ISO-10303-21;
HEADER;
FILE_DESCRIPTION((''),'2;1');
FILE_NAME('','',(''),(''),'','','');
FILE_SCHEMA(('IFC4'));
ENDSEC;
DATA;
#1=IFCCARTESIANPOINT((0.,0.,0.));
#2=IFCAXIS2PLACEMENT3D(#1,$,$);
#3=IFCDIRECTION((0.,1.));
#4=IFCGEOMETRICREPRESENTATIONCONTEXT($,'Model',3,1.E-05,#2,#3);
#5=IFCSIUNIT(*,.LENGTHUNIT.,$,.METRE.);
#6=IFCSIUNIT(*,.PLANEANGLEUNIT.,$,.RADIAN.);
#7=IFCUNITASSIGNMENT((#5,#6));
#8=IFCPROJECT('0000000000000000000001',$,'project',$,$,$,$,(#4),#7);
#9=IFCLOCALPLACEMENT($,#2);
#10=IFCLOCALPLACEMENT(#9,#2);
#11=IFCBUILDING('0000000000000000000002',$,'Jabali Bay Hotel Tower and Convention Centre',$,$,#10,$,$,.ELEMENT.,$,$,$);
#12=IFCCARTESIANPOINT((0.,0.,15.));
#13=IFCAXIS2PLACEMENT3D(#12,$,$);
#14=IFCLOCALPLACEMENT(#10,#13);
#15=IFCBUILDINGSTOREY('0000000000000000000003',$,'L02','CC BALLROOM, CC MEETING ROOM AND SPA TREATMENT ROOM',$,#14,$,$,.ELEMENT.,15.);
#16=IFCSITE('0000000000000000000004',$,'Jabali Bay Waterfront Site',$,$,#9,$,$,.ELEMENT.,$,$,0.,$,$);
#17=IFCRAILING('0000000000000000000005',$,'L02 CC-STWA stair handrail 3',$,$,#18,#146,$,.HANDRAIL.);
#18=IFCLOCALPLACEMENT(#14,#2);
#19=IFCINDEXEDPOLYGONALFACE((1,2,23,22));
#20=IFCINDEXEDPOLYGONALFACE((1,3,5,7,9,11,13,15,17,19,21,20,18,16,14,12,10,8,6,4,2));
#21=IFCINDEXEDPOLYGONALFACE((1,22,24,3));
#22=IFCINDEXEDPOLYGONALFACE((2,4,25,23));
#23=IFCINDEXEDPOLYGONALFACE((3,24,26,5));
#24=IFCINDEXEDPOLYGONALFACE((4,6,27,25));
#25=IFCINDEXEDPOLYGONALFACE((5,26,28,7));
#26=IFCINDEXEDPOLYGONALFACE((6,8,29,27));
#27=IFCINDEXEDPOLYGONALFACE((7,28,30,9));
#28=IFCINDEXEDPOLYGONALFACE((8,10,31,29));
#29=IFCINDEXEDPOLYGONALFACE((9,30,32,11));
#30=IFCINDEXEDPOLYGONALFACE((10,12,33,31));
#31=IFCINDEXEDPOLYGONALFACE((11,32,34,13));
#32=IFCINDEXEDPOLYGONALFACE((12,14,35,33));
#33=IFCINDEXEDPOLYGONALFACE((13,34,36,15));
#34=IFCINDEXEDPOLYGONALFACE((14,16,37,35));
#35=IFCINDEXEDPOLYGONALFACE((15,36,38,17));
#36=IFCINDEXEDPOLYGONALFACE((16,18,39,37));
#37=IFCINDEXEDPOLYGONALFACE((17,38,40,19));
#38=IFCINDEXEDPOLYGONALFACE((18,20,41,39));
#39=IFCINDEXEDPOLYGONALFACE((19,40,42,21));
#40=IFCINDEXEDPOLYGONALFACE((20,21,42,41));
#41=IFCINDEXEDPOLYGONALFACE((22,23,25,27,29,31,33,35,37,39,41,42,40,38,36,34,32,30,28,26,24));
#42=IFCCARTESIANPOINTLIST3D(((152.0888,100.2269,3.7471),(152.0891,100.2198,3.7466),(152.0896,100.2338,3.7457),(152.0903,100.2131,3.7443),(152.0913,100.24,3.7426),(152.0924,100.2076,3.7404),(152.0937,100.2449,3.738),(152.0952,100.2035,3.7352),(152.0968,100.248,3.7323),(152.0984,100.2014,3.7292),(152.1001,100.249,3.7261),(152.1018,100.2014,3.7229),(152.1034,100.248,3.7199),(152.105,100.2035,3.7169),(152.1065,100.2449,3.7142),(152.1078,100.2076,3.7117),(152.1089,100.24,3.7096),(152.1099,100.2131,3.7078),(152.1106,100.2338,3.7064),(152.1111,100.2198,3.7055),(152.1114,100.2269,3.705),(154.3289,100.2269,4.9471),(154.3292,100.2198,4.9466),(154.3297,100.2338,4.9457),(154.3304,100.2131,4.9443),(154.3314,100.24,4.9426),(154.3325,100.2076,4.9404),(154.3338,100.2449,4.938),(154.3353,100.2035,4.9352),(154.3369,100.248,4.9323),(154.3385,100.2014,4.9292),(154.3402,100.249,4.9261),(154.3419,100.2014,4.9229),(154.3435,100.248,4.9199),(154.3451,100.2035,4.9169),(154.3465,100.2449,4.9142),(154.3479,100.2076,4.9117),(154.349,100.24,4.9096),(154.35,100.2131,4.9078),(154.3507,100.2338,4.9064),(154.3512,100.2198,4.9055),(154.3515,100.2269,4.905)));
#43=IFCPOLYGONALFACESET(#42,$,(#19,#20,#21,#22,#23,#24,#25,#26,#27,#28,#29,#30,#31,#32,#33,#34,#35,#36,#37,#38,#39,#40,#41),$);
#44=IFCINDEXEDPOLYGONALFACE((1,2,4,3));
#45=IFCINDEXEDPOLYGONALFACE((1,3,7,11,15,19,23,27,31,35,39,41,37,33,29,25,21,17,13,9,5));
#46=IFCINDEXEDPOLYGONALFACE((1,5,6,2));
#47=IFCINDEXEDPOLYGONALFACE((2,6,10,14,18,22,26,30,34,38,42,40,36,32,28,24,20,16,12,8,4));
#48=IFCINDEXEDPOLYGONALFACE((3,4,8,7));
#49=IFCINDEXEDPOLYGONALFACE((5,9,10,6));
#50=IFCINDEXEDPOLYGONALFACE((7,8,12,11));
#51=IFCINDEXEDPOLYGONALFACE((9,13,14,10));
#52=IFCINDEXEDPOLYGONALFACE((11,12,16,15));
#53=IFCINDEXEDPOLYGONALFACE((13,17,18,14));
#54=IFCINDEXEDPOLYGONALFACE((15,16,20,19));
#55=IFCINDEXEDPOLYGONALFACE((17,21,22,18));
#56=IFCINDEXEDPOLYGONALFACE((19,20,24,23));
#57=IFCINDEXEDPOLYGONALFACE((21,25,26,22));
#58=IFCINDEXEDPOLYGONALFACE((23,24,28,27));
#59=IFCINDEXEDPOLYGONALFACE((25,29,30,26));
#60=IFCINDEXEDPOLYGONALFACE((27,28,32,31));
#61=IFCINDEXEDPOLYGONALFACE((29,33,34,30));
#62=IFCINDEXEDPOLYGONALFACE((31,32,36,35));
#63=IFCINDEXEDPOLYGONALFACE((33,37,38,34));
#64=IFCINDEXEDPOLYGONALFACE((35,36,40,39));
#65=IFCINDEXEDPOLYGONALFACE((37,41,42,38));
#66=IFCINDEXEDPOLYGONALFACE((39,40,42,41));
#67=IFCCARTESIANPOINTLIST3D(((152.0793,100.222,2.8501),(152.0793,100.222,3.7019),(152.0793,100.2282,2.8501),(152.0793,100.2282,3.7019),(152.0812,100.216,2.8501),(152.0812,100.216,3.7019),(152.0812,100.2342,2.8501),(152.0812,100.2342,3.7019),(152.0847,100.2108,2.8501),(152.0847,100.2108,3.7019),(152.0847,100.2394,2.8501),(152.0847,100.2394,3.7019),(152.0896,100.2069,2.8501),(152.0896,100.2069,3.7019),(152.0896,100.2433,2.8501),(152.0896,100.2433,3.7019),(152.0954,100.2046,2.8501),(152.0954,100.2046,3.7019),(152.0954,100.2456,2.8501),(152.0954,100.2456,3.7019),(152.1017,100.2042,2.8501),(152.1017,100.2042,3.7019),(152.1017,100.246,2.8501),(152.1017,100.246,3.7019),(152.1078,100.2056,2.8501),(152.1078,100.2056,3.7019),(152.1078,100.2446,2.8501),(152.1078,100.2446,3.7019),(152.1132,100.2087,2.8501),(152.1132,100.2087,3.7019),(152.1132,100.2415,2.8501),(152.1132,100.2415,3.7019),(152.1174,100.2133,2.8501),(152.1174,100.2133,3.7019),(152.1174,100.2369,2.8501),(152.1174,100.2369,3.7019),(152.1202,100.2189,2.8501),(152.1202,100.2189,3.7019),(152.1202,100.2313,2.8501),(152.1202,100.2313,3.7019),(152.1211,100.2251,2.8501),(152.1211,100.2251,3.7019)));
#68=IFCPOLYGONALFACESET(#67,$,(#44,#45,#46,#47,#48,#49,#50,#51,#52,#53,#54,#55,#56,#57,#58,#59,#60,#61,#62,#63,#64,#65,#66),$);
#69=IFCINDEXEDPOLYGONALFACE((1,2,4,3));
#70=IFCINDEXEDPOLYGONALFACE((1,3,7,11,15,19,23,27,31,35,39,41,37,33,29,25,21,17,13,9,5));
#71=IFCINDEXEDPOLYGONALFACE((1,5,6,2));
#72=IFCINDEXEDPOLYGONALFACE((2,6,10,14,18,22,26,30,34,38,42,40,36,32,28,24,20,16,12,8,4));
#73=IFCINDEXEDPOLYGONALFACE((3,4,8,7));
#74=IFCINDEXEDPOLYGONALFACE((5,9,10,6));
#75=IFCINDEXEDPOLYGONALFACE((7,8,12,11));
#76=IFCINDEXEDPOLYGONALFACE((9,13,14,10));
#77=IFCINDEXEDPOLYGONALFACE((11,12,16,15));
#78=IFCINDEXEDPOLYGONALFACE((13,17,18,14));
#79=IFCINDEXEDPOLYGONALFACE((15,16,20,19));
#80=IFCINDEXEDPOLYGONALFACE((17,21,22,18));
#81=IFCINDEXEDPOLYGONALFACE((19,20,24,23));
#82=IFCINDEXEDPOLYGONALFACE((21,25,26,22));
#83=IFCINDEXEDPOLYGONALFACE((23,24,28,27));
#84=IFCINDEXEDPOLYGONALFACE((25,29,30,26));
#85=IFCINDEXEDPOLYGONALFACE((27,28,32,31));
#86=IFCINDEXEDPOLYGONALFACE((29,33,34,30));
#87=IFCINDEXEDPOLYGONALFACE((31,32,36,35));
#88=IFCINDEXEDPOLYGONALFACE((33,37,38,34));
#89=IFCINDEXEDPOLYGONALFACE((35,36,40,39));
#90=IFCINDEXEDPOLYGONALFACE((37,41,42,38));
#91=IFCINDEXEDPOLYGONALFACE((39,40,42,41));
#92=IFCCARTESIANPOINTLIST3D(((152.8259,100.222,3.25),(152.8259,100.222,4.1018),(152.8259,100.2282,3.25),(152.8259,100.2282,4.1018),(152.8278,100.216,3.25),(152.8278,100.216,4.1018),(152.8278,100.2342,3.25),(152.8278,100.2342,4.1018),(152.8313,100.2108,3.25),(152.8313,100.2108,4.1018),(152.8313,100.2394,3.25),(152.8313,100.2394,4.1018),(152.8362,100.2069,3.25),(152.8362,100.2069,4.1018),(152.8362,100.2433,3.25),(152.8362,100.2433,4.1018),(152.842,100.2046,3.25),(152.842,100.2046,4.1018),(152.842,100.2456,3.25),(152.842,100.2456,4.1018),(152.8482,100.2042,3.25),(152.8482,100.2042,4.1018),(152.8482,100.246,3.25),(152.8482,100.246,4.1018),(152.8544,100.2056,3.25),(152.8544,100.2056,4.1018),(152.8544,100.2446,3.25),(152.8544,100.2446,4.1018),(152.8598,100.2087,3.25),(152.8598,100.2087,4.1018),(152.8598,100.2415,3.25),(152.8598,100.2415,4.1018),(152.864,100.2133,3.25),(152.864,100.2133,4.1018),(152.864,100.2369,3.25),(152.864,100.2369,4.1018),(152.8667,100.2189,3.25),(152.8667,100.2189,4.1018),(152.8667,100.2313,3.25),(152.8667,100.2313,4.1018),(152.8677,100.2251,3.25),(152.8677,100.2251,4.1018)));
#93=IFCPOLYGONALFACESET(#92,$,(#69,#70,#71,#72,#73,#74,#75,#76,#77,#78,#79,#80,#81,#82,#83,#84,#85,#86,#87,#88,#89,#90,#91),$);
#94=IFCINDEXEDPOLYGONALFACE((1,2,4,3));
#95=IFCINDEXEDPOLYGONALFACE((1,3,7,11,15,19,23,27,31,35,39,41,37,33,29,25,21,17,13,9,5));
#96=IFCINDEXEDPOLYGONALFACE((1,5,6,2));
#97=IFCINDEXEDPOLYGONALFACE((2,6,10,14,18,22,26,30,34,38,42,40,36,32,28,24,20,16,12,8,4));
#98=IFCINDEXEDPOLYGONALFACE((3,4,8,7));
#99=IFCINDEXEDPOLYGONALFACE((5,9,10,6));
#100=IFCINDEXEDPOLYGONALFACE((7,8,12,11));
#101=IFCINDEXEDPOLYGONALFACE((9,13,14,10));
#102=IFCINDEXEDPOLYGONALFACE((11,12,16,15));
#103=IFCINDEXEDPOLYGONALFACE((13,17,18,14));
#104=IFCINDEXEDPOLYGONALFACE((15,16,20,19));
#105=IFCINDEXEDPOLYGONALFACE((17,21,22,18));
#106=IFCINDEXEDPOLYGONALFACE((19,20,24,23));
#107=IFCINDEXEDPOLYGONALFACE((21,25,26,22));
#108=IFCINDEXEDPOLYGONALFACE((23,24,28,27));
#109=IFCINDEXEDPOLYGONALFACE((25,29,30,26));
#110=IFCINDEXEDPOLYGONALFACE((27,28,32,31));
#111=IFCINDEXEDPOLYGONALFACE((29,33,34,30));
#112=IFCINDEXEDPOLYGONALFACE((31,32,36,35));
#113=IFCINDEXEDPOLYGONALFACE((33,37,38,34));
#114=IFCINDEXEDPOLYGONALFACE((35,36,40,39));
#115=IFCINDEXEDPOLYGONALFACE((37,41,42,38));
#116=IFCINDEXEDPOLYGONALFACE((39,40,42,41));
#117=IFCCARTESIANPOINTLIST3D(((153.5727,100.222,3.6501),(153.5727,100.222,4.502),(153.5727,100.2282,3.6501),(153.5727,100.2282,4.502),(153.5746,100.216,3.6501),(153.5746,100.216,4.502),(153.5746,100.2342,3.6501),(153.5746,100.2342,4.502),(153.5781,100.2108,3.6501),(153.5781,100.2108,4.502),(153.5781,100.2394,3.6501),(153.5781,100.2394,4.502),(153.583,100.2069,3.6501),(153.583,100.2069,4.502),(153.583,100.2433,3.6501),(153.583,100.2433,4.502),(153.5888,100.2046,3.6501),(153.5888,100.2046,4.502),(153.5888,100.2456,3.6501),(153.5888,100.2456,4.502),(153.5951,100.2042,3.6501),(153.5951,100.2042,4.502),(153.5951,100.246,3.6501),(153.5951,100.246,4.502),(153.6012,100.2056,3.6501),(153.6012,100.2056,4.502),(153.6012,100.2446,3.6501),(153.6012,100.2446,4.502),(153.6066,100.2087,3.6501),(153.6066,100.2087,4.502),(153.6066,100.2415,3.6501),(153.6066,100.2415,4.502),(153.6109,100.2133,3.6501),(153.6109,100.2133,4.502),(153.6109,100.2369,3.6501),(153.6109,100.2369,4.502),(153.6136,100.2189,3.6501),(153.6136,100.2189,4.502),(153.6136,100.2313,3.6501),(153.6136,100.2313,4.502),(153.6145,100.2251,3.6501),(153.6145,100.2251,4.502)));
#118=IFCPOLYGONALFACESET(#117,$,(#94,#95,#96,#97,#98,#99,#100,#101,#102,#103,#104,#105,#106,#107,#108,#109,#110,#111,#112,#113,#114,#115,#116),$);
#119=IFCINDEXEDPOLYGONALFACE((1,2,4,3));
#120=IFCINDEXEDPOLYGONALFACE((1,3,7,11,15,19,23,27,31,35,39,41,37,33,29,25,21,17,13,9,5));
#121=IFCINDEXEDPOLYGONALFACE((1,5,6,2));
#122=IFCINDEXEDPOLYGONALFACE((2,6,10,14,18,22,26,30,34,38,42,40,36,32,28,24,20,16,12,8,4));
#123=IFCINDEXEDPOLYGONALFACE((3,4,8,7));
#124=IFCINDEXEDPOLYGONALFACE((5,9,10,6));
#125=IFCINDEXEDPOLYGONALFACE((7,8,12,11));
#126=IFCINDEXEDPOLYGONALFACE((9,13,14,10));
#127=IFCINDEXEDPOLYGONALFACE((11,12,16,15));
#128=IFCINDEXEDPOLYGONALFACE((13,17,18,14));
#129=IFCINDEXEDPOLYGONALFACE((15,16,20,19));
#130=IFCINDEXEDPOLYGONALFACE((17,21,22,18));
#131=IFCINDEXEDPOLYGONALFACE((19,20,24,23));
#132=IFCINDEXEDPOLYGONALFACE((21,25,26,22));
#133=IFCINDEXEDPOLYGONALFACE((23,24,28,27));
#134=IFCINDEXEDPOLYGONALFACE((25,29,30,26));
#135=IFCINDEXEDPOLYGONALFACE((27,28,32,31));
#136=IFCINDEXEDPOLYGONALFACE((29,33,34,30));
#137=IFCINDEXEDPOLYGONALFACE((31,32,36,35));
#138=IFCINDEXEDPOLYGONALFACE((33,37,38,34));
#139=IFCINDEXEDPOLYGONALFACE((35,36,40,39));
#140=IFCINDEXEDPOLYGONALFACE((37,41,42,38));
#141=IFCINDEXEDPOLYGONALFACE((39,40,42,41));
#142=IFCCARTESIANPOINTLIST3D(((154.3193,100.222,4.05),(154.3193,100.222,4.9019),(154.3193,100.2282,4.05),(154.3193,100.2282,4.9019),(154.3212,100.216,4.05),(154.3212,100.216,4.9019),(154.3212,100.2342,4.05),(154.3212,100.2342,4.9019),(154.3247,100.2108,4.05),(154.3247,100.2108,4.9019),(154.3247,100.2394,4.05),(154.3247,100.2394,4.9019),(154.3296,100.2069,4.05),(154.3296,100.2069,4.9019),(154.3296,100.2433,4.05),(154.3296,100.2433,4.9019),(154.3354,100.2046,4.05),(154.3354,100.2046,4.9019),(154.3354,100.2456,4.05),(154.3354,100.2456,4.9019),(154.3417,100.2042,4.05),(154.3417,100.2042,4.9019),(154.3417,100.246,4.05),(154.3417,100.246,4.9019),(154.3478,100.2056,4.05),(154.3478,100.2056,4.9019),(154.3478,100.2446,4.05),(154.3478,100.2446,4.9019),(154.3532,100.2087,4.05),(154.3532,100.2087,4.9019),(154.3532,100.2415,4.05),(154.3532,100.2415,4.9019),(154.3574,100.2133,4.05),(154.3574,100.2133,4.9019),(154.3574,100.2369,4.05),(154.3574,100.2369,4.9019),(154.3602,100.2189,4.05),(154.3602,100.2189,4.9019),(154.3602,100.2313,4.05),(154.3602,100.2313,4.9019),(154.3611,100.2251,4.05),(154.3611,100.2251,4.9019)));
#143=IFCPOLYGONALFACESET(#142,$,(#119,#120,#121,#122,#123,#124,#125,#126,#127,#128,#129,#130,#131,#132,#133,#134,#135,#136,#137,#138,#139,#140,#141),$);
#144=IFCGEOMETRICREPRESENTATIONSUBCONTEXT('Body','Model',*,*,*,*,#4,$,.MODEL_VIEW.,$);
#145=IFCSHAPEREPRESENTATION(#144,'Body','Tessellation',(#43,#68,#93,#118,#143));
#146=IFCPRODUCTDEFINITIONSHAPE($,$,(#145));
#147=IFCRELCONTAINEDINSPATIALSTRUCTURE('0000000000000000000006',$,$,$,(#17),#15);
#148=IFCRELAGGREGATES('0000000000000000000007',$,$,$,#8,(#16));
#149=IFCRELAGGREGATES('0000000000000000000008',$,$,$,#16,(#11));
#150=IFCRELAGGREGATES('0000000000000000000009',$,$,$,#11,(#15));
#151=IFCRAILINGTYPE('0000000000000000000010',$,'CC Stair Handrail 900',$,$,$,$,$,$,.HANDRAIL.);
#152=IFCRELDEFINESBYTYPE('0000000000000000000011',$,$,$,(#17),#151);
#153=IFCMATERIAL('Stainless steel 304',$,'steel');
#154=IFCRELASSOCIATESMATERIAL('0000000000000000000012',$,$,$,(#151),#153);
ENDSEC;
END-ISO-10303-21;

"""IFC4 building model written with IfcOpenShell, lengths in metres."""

from ifc_helpers import new_model, si_unit, direction, frame, origin, origin_2d, place, context, subcontext, project, spatial, circle, extrude, material, type_object, element, save


model = new_model("IFC4")

# Units and contexts
model_context = context("Model", 3, precision=1e-05, world=origin(), true_north=direction((0.0, 1.0)))
body_context = subcontext(model_context, "Body", "Model", "MODEL_VIEW")
ifc_project = project(units=[si_unit("LENGTHUNIT", "METRE"), si_unit("PLANEANGLEUNIT", "RADIAN")], contexts=[model_context])

# Site, building, storey
site_placement = place(None, origin())
site = spatial("IfcSite", under=ifc_project, at=site_placement, Name="Jabali Bay Waterfront Site", CompositionType="ELEMENT", RefElevation=0.0)
building_placement = place(site_placement, origin())
building = spatial("IfcBuilding", under=site, at=building_placement, Name="Jabali Bay Hotel Tower and Convention Centre", CompositionType="ELEMENT")
storey_placement = place(building_placement, frame((0.0, 0.0, 15.0)))
storey = spatial("IfcBuildingStorey", under=building, at=storey_placement, Name="L02", Description="CC BALLROOM, CC MEETING ROOM AND SPA TREATMENT ROOM", CompositionType="ELEMENT", Elevation=15.0)

# Railing
ifc_material_1 = material(Name="Stainless steel 304", Category="steel")
railing_type_1 = type_object("IfcRailingType", Name="CC Stair Handrail 900", PredefinedType="HANDRAIL", material=ifc_material_1)
railing_1_placement = place(storey_placement, frame((152.1001, 100.2251, 2.8501)))
element("IfcRailing", 1, at=railing_1_placement, inside=storey, type_object=railing_type_1, Name="L02 CC-STWA stair handrail 3", PredefinedType="HANDRAIL", context=body_context, shape_type="SweptSolid", body=[
    extrude(circle(Radius=0.0239, at=origin_2d()), frame((0.0, 0.0, 0.876), z_axis=(0.881487, 0.0, 0.472208), x_axis=(0.0, 1.0, 0.0)), (0.0, 0.0, 1.0), 2.5413),
    extrude(circle(Radius=0.021, at=origin_2d()), origin(), (0.0, 0.0, 1.0), 0.8518),
    extrude(circle(Radius=0.021, at=origin_2d()), frame((0.7466, 0.0, 0.3999)), (0.0, 0.0, 1.0), 0.8518),
    extrude(circle(Radius=0.021, at=origin_2d()), frame((1.4934, 0.0, 0.8)), (0.0, 0.0, 1.0), 0.8518),
    extrude(circle(Radius=0.021, at=origin_2d()), frame((2.24, 0.0, 1.2)), (0.0, 0.0, 1.0), 0.8518),
])

save(model, "model.ifc")
